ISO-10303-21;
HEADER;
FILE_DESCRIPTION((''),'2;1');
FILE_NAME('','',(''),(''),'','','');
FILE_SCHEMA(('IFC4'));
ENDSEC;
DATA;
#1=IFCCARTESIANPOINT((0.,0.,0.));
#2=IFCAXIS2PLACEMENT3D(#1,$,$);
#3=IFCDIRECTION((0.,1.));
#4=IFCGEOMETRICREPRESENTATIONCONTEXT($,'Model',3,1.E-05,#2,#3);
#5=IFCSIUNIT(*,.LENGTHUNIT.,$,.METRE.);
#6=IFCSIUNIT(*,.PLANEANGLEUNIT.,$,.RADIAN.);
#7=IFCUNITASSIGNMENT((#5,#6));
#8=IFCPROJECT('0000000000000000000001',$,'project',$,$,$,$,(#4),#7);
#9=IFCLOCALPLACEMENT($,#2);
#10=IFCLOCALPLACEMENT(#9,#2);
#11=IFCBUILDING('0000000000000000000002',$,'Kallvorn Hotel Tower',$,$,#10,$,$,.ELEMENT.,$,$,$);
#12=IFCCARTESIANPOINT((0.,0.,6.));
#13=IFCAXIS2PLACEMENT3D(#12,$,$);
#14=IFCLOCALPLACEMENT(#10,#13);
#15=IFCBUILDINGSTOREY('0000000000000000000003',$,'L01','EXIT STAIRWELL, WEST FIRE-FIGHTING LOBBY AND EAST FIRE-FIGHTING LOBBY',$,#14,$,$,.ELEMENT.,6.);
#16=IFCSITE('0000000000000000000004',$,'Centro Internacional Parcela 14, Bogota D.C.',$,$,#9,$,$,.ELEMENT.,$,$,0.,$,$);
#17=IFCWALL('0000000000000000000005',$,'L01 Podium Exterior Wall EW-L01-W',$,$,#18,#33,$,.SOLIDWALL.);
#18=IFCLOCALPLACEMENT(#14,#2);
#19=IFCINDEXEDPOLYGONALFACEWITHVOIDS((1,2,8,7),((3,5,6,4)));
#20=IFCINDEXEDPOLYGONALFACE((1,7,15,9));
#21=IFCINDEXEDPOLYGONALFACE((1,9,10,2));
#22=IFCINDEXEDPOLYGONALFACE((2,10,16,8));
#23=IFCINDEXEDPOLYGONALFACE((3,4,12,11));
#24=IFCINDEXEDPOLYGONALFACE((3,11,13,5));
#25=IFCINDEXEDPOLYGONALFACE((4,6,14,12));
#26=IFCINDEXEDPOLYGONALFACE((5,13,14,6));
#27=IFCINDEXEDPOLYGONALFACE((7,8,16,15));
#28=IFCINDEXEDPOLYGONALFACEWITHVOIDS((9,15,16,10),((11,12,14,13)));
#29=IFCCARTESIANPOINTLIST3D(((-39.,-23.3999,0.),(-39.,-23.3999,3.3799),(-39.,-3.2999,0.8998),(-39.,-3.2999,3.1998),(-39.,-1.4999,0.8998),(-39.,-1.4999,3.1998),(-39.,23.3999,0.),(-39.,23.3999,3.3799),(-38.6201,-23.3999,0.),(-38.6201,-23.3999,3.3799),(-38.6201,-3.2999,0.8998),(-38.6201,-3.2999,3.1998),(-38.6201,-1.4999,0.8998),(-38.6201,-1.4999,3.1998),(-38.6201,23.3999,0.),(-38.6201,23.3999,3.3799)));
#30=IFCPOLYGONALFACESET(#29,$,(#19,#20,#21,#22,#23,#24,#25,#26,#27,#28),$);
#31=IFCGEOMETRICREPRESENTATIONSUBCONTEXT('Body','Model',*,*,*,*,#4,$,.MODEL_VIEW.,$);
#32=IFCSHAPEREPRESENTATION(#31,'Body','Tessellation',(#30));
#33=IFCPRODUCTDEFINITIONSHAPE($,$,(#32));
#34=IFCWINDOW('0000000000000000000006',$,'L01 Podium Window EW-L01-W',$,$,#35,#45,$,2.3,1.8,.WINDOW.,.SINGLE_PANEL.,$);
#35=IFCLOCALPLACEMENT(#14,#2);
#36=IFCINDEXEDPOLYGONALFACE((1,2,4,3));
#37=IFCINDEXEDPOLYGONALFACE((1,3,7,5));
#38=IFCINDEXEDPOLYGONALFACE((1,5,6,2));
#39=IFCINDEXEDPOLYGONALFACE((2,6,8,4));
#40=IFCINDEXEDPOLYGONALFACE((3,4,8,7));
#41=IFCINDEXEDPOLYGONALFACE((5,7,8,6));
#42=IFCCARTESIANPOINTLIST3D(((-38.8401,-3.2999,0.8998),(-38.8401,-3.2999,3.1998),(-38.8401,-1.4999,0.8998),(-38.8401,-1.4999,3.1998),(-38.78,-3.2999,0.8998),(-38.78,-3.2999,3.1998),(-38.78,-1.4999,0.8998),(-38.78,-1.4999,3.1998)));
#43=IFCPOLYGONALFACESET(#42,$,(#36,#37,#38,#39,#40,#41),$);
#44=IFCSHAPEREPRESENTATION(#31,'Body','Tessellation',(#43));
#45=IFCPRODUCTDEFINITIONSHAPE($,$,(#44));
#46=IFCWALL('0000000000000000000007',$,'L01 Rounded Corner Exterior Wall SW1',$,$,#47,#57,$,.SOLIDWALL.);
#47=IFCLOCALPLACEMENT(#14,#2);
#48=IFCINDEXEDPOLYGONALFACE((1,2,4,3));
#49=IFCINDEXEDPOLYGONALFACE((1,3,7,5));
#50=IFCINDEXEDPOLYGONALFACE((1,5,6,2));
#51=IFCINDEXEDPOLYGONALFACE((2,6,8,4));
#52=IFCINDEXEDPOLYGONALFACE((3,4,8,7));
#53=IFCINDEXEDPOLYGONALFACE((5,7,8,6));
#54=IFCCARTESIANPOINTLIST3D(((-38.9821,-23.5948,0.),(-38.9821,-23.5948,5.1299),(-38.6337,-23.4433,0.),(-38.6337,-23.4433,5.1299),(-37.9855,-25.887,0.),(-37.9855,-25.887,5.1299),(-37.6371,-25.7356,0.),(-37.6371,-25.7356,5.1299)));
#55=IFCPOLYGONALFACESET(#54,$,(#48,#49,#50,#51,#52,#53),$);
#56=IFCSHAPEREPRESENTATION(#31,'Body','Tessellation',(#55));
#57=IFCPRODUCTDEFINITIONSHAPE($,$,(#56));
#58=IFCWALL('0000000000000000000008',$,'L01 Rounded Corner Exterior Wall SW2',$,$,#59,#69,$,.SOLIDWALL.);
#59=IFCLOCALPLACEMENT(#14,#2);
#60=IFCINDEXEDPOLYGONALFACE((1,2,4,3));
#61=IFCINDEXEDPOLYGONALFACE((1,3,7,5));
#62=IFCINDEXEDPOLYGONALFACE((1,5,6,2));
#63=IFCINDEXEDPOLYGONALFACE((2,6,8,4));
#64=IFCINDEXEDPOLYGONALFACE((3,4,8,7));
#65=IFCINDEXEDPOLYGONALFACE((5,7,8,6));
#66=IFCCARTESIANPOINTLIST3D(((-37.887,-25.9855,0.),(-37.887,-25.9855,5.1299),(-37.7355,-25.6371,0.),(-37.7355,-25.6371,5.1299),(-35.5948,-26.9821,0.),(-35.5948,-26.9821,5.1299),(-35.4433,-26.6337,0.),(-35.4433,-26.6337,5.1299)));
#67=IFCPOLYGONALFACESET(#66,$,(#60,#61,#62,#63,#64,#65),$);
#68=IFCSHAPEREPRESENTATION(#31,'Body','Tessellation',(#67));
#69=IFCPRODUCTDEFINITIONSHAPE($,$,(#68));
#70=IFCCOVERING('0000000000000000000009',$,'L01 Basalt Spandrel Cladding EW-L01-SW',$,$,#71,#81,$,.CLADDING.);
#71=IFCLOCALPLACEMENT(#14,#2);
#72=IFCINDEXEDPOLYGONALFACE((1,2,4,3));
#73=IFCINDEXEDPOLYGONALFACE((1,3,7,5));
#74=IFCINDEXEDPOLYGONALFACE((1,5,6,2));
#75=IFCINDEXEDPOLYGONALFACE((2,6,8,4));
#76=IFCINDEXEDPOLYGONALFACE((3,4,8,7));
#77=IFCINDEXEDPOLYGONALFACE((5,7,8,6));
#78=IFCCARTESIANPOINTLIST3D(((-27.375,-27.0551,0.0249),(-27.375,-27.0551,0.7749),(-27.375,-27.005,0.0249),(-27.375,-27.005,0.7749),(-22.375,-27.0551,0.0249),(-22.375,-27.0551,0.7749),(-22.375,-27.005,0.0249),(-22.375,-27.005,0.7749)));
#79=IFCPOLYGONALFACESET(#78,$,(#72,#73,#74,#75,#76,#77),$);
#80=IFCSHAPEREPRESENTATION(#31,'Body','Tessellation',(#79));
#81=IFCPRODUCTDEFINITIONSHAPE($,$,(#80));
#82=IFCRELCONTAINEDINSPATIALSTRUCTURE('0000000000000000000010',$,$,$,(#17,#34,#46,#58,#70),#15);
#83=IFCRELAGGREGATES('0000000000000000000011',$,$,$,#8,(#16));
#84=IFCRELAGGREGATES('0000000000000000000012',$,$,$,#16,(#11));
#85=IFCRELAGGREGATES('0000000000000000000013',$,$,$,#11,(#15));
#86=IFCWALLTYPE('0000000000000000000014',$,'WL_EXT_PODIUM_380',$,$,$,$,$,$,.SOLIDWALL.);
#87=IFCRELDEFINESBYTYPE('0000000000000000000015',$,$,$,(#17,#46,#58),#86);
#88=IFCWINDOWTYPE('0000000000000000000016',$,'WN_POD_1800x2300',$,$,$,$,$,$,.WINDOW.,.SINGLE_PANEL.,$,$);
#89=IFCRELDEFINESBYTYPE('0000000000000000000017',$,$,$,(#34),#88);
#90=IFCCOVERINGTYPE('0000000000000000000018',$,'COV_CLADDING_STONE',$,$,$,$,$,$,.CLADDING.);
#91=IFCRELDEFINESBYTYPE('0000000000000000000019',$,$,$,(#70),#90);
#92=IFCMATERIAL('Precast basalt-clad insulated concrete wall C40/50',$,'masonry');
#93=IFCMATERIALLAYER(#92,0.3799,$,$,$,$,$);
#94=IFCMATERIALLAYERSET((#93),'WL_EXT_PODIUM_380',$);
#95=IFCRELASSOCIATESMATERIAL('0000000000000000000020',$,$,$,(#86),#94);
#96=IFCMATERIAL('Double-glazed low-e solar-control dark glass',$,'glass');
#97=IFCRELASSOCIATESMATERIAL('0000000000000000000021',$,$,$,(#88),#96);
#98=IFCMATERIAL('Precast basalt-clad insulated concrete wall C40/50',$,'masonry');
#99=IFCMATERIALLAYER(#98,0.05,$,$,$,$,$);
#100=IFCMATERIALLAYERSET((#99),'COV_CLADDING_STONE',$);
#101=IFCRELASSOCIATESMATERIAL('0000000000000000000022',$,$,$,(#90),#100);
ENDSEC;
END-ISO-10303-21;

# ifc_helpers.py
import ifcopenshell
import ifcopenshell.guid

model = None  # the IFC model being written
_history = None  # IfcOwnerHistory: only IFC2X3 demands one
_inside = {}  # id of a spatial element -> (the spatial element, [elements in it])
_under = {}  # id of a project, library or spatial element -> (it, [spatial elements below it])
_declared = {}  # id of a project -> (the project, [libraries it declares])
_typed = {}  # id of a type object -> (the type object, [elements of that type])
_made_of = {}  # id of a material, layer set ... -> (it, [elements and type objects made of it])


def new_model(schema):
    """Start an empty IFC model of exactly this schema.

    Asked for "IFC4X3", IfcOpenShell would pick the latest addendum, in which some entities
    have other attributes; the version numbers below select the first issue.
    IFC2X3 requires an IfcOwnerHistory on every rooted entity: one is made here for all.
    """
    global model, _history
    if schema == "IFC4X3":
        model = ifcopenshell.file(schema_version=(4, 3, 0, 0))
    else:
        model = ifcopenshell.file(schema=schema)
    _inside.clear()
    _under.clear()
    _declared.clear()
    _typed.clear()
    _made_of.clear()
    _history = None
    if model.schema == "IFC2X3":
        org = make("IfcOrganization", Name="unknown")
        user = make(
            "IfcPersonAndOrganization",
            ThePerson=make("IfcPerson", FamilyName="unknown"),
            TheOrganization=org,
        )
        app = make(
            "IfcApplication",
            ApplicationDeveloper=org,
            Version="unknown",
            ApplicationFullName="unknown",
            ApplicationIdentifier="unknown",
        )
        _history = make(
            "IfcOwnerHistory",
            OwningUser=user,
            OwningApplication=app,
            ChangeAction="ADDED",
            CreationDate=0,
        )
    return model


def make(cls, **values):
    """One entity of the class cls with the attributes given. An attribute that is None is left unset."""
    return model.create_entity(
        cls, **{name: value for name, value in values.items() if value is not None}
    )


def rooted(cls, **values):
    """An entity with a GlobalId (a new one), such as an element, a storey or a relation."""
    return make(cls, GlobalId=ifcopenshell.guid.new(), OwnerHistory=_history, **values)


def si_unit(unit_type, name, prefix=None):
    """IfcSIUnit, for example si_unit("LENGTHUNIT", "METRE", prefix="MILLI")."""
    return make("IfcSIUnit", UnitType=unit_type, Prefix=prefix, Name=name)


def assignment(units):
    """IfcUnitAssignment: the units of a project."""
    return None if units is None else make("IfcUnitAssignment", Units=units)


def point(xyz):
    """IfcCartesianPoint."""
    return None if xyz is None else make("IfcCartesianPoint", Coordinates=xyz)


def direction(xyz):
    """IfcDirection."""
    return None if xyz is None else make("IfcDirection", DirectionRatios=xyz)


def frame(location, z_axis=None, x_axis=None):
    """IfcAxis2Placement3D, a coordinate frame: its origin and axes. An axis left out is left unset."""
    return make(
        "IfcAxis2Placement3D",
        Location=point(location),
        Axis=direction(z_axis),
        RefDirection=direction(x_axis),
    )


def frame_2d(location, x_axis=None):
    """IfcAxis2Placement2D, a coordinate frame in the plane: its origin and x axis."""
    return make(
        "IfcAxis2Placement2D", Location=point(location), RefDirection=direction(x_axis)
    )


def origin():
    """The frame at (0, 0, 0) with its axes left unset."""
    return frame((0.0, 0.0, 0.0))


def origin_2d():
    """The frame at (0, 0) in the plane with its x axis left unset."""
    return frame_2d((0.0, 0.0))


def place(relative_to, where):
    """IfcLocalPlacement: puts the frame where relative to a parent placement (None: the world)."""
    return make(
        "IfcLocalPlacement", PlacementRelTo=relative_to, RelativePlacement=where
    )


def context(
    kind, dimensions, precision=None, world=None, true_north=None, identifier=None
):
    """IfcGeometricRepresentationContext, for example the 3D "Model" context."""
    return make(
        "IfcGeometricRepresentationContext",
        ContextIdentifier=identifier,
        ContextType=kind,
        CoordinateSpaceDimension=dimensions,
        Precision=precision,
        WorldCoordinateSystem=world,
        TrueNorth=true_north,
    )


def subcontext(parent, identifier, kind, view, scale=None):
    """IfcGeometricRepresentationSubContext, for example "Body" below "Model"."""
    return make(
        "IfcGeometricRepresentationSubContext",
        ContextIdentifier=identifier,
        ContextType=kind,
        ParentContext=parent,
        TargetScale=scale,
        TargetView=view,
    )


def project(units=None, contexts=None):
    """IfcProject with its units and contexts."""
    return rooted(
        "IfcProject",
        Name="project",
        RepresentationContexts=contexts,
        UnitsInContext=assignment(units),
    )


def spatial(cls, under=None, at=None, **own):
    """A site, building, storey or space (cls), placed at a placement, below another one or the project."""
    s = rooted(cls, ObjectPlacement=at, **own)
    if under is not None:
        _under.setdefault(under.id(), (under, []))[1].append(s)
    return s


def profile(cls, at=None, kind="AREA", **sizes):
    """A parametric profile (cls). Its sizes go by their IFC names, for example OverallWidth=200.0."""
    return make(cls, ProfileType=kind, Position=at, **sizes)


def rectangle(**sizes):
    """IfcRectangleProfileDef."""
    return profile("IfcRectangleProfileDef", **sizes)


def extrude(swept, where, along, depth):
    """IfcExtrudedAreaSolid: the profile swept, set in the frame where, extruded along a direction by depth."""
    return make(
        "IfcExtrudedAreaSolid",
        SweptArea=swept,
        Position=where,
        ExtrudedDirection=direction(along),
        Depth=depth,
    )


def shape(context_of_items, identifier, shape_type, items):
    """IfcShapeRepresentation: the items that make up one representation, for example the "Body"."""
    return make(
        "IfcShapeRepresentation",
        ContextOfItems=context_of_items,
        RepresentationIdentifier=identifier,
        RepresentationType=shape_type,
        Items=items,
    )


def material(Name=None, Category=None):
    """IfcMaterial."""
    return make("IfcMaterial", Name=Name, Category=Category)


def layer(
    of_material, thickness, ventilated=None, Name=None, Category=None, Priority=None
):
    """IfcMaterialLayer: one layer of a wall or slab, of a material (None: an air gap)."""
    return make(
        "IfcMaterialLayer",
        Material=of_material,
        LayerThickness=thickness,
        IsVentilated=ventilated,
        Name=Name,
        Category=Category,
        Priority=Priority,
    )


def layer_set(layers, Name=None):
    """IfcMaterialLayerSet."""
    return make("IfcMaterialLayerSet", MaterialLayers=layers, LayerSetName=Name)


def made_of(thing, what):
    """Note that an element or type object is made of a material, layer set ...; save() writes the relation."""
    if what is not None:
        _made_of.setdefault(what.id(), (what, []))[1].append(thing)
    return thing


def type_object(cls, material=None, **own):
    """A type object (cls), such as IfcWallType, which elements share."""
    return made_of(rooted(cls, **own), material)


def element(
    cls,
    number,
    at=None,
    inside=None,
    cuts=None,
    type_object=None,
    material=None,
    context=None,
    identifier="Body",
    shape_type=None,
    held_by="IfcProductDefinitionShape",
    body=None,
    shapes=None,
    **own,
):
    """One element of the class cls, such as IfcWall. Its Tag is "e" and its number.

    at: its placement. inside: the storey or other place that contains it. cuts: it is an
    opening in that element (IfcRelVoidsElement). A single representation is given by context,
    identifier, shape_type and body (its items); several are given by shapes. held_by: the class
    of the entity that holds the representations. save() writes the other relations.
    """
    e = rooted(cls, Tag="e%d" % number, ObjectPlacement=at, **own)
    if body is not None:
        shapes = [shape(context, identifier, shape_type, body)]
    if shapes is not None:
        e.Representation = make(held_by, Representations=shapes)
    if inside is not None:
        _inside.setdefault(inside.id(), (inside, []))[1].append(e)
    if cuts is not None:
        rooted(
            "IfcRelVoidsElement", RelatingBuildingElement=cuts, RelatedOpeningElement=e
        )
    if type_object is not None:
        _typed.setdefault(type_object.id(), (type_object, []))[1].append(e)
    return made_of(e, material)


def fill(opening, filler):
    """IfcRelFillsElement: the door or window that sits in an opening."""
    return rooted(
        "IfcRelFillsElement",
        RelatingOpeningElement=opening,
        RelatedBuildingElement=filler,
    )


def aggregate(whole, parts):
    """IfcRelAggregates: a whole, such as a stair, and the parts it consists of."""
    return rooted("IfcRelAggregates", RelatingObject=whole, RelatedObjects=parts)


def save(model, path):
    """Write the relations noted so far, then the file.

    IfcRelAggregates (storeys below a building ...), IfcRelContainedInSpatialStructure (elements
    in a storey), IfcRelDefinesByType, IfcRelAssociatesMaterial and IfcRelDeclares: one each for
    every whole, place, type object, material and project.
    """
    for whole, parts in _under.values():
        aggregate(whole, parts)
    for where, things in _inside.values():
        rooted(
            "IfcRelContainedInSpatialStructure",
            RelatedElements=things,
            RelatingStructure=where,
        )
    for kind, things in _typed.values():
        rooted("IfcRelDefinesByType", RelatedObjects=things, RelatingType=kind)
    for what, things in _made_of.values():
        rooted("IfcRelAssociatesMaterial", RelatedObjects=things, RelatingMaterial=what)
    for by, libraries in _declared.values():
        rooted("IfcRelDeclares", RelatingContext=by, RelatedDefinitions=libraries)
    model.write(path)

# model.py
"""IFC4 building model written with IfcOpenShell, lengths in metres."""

from ifc_helpers import new_model, si_unit, direction, frame, frame_2d, origin, origin_2d, place, context, subcontext, project, spatial, rectangle, extrude, material, layer, layer_set, type_object, element, fill, save


model = new_model("IFC4")

# Units and contexts
model_context = context("Model", 3, precision=1e-05, world=origin(), true_north=direction((0.0, 1.0)))
body_context = subcontext(model_context, "Body", "Model", "MODEL_VIEW")
ifc_project = project(units=[si_unit("LENGTHUNIT", "METRE"), si_unit("PLANEANGLEUNIT", "RADIAN")], contexts=[model_context])

# Site, building, storey
site_placement = place(None, origin())
site = spatial("IfcSite", under=ifc_project, at=site_placement, Name="Centro Internacional Parcela 14, Bogota D.C.", CompositionType="ELEMENT", RefElevation=0.0)
building_placement = place(site_placement, origin())
building = spatial("IfcBuilding", under=site, at=building_placement, Name="Kallvorn Hotel Tower", CompositionType="ELEMENT")
storey_placement = place(building_placement, frame((0.0, 0.0, 6.0)))
storey = spatial("IfcBuildingStorey", under=building, at=storey_placement, Name="L01", Description="EXIT STAIRWELL, WEST FIRE-FIGHTING LOBBY AND EAST FIRE-FIGHTING LOBBY", CompositionType="ELEMENT", Elevation=6.0)

# Wall, opening, window
ifc_material_1 = material(Name="Precast basalt-clad insulated concrete wall C40/50", Category="masonry")
ifc_layer_1 = layer(ifc_material_1, 0.3799)
ifc_layer_set_1 = layer_set([ifc_layer_1], Name="WL_EXT_PODIUM_380")
wall_type_1 = type_object("IfcWallType", Name="WL_EXT_PODIUM_380", PredefinedType="SOLIDWALL", material=ifc_layer_set_1)
wall_1_placement = place(storey_placement, frame((-38.8101, -23.3999, 0.0), z_axis=(0.0, 0.0, 1.0), x_axis=(0.0, 1.0, 0.0)))
wall_1 = element("IfcWall", 1, at=wall_1_placement, inside=storey, type_object=wall_type_1, Name="L01 Podium Exterior Wall EW-L01-W", PredefinedType="SOLIDWALL", context=body_context, shape_type="SweptSolid", body=[
    extrude(rectangle(XDim=46.7998, YDim=0.3799, at=frame_2d((23.3999, 0.0))), origin(), (0.0, 0.0, 1.0), 3.3799),
])
opening_placement = place(wall_1_placement, frame((20.1001, 0.0, 0.8999)))
opening = element("IfcOpeningElement", 2, at=opening_placement, cuts=wall_1, PredefinedType="OPENING", context=body_context, shape_type="SweptSolid", body=[
    extrude(rectangle(XDim=1.8, YDim=2.3, at=frame_2d((0.8999, 1.1499))), frame((0.0, 0.2048, 0.0), z_axis=(0.0, -1.0, 0.0), x_axis=(1.0, 0.0, 0.0)), (0.0, 0.0, 1.0), 0.4099),
])
ifc_material_2 = material(Name="Double-glazed low-e solar-control dark glass", Category="glass")
window_type = type_object("IfcWindowType", Name="WN_POD_1800x2300", PartitioningType="SINGLE_PANEL", PredefinedType="WINDOW", material=ifc_material_2)
window_placement = place(opening_placement, origin())
window = element("IfcWindow", 3, at=window_placement, inside=storey, type_object=window_type, Name="L01 Podium Window EW-L01-W", OverallHeight=2.3, OverallWidth=1.8, PartitioningType="SINGLE_PANEL", PredefinedType="WINDOW", context=body_context, shape_type="SweptSolid", body=[
    extrude(rectangle(XDim=1.8, YDim=2.3, at=frame_2d((0.8999, 1.1499))), frame((0.0, 0.03, 0.0), z_axis=(0.0, -1.0, 0.0), x_axis=(1.0, 0.0, 0.0)), (0.0, 0.0, 1.0), 0.0601),
])
fill(opening, window)

# Walls
for number, where, z_axis, x_axis, name in (
    (4, (-38.8079, -23.519, 0.0), (0.0, 0.0, 1.0), (0.398712, -0.917076, 0.0), "L01 Rounded Corner Exterior Wall SW1"),
    (5, (-37.8113, -25.8113, 0.0), (0.0, 0.0, 1.0), (0.917076, -0.398712, 0.0), "L01 Rounded Corner Exterior Wall SW2"),
):
    element("IfcWall", number, at=place(storey_placement, frame(where, z_axis=z_axis, x_axis=x_axis)), inside=storey, type_object=wall_type_1, Name=name, PredefinedType="SOLIDWALL", context=body_context, shape_type="SweptSolid", body=[
        extrude(rectangle(XDim=2.4995, YDim=0.3799, at=frame_2d((1.2498, 0.0))), origin(), (0.0, 0.0, 1.0), 5.1299),
    ])

# Covering
ifc_material_3 = material(Name="Precast basalt-clad insulated concrete wall C40/50", Category="masonry")
ifc_layer_2 = layer(ifc_material_3, 0.05)
ifc_layer_set_2 = layer_set([ifc_layer_2], Name="COV_CLADDING_STONE")
covering_type = type_object("IfcCoveringType", Name="COV_CLADDING_STONE", PredefinedType="CLADDING", material=ifc_layer_set_2)
covering_placement = place(storey_placement, frame((-24.875, -27.03, 0.0249), z_axis=(0.0, 0.0, 1.0), x_axis=(1.0, 0.0, 0.0)))
element("IfcCovering", 6, at=covering_placement, inside=storey, type_object=covering_type, Name="L01 Basalt Spandrel Cladding EW-L01-SW", PredefinedType="CLADDING", context=body_context, shape_type="SweptSolid", body=[
    extrude(rectangle(XDim=5.0, YDim=0.05, at=origin_2d()), origin(), (0.0, 0.0, 1.0), 0.75),
])

save(model, "model.ifc")
